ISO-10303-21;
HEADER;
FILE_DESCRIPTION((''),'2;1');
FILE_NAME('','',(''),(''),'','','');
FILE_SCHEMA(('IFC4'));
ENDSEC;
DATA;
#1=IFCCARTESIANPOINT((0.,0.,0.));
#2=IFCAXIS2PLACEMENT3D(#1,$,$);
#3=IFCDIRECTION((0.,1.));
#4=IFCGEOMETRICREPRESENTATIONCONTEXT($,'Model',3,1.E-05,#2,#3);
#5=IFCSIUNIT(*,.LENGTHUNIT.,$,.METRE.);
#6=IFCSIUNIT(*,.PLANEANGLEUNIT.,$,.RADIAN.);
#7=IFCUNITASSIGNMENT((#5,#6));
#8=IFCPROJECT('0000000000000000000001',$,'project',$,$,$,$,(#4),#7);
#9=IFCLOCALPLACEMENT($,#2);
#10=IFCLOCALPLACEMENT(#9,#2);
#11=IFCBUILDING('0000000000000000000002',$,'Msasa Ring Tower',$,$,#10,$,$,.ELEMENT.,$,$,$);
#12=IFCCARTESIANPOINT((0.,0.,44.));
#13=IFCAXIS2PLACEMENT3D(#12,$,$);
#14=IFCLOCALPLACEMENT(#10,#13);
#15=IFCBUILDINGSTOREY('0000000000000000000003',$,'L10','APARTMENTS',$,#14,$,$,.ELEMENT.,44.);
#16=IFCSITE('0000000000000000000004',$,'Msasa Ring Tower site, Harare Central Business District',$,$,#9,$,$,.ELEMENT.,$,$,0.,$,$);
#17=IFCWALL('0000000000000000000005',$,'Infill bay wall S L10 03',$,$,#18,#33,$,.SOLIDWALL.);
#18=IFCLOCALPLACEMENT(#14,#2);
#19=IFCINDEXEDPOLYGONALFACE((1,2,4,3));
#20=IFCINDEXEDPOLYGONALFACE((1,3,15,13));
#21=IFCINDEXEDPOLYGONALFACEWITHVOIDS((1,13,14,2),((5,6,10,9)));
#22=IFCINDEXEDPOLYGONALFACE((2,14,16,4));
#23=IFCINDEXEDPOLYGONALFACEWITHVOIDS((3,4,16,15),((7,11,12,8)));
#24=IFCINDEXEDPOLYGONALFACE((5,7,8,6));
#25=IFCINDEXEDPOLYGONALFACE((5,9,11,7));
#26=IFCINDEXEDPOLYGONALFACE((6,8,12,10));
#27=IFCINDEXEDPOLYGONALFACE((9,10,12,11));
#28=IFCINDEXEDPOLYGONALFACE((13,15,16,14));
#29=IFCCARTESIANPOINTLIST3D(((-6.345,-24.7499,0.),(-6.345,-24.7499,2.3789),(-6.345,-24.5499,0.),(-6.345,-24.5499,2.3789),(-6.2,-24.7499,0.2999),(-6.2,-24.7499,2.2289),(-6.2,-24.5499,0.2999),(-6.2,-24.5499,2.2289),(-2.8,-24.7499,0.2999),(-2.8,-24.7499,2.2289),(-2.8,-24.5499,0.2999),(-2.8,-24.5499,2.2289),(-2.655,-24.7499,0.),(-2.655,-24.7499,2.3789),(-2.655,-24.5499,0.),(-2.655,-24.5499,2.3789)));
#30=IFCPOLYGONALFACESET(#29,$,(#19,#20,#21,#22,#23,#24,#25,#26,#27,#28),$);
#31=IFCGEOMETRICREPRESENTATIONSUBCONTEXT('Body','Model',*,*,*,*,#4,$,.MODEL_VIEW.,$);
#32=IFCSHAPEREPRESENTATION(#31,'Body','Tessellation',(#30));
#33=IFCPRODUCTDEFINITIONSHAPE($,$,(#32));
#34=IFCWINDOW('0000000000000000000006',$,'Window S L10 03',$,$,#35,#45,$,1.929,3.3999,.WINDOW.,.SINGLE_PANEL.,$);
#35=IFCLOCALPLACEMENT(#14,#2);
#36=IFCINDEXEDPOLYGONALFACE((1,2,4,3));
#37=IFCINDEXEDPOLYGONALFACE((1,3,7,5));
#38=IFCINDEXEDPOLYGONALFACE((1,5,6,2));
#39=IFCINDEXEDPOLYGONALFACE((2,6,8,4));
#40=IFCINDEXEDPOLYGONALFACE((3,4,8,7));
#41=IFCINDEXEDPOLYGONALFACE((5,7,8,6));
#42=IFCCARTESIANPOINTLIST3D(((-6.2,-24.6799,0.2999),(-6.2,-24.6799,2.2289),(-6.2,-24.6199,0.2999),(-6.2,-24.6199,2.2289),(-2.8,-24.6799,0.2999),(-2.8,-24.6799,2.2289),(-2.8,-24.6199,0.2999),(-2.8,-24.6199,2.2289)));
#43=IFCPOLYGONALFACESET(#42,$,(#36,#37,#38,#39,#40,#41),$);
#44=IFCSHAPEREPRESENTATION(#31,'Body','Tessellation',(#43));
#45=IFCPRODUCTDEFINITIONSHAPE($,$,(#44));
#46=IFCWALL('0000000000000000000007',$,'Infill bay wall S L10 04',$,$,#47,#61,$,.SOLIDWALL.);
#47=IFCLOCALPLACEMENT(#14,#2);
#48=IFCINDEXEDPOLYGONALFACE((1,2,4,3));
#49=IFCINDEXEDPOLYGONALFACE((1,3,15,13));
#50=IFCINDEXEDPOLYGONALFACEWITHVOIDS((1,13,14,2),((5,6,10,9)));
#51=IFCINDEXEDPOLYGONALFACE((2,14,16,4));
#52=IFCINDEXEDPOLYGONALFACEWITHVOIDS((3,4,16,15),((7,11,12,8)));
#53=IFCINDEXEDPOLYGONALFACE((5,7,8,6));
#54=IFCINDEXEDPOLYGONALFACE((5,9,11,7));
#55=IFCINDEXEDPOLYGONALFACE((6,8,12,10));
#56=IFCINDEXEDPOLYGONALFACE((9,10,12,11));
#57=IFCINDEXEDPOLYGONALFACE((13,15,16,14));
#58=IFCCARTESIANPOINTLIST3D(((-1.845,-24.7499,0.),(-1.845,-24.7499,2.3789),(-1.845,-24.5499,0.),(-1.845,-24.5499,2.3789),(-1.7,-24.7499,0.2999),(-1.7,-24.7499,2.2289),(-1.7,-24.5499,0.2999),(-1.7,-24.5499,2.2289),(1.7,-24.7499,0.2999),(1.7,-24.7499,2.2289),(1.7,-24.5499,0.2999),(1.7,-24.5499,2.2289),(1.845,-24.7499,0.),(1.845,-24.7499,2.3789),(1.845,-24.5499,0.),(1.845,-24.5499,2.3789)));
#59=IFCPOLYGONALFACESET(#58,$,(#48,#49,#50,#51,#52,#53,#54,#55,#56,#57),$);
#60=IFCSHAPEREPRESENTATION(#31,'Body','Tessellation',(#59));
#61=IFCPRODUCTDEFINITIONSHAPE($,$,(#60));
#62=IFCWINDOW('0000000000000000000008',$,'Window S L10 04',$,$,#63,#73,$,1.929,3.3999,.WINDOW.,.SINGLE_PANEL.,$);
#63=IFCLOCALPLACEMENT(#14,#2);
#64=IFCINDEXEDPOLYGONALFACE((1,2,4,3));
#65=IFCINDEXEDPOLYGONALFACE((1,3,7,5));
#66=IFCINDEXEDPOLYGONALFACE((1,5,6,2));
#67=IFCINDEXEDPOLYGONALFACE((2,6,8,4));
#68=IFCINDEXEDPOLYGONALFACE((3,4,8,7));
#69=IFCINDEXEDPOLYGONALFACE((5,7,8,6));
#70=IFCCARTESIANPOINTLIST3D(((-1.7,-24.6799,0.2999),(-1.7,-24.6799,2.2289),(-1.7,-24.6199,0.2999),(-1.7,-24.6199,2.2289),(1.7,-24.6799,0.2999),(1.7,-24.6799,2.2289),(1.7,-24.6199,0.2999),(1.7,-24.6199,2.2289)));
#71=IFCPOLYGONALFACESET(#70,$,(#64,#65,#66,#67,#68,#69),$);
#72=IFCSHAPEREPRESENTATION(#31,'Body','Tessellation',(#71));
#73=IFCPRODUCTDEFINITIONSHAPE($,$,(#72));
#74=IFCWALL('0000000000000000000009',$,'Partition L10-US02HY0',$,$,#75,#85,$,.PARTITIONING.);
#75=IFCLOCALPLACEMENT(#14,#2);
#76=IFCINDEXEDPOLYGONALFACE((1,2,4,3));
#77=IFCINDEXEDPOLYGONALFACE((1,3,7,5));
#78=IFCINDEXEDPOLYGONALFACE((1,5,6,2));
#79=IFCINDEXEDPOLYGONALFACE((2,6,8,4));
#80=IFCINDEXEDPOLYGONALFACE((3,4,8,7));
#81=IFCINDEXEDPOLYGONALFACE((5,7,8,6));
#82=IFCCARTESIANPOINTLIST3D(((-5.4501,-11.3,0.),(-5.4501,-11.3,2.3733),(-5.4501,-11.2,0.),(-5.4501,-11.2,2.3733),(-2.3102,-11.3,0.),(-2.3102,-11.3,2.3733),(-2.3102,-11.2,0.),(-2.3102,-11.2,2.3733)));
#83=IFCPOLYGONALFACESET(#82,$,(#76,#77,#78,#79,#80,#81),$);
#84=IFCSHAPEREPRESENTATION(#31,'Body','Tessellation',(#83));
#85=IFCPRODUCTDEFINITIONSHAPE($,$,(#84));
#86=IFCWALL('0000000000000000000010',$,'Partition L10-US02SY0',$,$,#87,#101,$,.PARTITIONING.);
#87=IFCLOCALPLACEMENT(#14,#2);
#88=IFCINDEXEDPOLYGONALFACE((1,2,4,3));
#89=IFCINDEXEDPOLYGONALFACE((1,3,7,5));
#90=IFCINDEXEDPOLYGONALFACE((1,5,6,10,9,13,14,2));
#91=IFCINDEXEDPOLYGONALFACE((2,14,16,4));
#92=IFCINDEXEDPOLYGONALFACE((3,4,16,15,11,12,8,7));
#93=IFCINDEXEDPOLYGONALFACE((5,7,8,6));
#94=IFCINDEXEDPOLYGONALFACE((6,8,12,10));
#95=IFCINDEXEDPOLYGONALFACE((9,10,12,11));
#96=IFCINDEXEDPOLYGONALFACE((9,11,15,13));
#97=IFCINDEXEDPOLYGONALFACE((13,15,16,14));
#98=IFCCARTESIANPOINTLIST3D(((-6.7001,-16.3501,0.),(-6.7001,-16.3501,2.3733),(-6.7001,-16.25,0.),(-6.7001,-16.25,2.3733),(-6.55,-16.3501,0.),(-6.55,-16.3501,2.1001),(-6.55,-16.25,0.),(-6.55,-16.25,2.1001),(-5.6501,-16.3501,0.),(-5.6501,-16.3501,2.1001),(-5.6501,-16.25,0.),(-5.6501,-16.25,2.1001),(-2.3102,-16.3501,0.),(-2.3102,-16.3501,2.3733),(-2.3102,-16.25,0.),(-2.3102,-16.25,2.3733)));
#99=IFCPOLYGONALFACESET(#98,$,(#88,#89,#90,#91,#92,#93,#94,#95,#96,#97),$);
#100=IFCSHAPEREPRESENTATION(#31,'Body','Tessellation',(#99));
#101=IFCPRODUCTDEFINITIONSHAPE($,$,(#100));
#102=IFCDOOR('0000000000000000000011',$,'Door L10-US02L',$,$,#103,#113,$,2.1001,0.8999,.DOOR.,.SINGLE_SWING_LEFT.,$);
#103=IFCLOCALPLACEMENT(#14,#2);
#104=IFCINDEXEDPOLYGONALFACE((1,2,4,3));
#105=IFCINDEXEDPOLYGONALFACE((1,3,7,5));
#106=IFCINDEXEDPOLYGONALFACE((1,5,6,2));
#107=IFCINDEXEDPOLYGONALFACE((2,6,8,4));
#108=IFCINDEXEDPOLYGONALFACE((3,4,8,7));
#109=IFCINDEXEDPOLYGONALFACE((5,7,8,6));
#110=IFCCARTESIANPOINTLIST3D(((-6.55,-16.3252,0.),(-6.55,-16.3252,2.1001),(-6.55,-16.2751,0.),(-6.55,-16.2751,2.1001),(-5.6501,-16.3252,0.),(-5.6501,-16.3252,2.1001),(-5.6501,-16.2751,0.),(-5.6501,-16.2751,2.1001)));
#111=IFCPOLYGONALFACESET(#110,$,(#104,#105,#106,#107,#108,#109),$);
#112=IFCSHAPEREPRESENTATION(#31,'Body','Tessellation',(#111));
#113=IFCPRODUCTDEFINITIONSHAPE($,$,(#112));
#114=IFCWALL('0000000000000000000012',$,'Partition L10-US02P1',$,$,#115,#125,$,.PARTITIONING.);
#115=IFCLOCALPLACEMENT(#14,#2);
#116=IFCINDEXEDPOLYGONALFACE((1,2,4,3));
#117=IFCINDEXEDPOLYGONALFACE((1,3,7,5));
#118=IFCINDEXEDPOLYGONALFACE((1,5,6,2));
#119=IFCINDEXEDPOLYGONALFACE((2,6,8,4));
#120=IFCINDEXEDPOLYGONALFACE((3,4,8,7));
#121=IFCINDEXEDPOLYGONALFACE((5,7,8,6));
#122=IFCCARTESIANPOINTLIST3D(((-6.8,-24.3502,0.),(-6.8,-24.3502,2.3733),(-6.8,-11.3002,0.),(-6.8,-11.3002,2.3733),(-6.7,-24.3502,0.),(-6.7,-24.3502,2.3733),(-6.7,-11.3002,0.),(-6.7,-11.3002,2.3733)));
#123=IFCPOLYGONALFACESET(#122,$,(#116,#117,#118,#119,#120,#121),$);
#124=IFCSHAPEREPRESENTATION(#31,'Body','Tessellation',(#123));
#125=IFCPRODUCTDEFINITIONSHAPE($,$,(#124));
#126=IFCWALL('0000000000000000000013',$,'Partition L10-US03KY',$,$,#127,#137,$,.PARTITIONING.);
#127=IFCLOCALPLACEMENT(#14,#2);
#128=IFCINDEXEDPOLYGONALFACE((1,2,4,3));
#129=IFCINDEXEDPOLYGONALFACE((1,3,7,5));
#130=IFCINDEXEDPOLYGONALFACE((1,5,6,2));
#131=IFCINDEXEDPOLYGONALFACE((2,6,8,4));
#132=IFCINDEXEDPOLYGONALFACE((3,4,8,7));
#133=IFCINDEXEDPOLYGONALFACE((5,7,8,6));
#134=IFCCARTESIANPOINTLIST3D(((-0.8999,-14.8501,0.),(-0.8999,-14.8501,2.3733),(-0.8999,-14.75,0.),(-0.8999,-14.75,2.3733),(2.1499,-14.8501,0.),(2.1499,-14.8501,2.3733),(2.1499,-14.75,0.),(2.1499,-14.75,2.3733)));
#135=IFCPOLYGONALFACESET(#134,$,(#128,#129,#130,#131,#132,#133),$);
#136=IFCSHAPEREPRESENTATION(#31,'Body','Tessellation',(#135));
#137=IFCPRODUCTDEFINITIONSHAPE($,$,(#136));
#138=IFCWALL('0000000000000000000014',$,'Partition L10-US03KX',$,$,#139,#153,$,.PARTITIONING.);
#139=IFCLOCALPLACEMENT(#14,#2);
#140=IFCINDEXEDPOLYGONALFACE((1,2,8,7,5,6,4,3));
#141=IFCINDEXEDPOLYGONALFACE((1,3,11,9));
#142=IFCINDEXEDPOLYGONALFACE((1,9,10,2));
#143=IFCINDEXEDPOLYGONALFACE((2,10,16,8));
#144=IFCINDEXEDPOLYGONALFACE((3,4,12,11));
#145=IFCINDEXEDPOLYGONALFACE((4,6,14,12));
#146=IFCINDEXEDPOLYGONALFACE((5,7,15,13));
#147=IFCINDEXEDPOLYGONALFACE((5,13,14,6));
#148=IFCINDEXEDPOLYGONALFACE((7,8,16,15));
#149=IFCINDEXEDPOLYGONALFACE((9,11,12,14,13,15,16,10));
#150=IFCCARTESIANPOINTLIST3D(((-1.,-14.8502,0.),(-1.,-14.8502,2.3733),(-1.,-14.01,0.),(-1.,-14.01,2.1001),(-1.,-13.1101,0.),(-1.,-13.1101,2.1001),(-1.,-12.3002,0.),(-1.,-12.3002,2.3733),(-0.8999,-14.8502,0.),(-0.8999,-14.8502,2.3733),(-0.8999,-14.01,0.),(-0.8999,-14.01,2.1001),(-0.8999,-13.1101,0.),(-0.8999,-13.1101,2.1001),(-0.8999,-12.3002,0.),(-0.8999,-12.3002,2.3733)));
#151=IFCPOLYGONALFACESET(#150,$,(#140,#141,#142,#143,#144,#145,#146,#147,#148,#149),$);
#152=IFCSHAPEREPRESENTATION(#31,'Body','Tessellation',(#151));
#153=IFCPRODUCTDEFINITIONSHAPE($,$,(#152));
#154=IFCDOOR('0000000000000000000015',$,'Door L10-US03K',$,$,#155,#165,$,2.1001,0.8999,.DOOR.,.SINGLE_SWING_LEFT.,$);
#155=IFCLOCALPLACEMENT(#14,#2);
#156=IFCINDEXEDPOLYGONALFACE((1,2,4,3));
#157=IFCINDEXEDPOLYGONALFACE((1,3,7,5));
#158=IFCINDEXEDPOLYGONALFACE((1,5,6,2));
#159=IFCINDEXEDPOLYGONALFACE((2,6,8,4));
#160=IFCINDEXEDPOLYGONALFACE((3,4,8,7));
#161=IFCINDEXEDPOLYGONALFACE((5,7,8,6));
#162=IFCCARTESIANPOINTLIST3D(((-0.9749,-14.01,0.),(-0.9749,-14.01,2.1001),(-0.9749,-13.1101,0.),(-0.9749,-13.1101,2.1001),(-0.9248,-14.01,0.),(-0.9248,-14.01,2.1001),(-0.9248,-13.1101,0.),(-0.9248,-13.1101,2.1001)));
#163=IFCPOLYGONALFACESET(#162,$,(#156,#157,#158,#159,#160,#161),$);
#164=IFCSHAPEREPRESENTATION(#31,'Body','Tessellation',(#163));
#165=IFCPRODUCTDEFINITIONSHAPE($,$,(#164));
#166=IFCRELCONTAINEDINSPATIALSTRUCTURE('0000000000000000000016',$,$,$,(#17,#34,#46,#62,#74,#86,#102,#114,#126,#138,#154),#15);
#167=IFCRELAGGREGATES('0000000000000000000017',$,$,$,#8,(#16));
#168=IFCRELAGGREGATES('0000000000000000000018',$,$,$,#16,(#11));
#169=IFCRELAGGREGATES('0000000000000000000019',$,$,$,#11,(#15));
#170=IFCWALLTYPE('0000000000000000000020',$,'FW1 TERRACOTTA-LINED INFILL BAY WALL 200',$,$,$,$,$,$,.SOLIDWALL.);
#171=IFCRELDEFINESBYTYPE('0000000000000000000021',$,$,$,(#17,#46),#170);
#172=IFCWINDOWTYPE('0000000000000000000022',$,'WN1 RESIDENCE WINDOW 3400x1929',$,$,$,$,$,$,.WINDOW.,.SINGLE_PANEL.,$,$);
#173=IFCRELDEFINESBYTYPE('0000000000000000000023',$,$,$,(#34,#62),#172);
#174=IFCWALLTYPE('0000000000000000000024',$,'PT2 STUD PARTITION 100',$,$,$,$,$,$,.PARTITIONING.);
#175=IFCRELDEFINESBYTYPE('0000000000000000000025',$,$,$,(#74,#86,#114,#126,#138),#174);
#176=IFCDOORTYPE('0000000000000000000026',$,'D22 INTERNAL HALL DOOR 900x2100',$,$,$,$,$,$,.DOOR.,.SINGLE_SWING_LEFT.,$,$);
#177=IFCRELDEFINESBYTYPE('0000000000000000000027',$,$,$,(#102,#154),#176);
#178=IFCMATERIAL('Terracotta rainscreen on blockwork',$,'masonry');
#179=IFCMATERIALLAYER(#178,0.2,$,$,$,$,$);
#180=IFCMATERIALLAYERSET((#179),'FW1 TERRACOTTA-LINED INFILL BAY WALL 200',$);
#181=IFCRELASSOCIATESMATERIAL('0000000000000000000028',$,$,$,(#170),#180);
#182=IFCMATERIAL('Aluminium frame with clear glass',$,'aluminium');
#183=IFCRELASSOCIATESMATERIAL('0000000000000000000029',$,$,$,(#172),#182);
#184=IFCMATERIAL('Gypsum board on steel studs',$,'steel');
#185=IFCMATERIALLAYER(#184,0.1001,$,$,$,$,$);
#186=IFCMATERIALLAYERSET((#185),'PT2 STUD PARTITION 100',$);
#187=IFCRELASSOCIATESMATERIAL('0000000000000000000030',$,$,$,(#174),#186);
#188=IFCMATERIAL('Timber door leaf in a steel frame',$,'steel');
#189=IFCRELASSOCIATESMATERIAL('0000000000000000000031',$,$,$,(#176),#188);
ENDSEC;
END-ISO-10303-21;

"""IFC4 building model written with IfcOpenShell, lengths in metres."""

from ifc_helpers import new_model, si_unit, direction, frame, frame_2d, origin, place, context, subcontext, project, spatial, rectangle, extrude, material, layer, layer_set, type_object, element, fill, save


model = new_model("IFC4")

# Units and contexts
model_context = context("Model", 3, precision=1e-05, world=origin(), true_north=direction((0.0, 1.0)))
body_context = subcontext(model_context, "Body", "Model", "MODEL_VIEW")
ifc_project = project(units=[si_unit("LENGTHUNIT", "METRE"), si_unit("PLANEANGLEUNIT", "RADIAN")], contexts=[model_context])

# Site, building, storey
site_placement = place(None, origin())
site = spatial("IfcSite", under=ifc_project, at=site_placement, Name="Msasa Ring Tower site, Harare Central Business District", CompositionType="ELEMENT", RefElevation=0.0)
building_placement = place(site_placement, origin())
building = spatial("IfcBuilding", under=site, at=building_placement, Name="Msasa Ring Tower", CompositionType="ELEMENT")
storey_placement = place(building_placement, frame((0.0, 0.0, 44.0)))
storey = spatial("IfcBuildingStorey", under=building, at=storey_placement, Name="L10", Description="APARTMENTS", CompositionType="ELEMENT", Elevation=44.0)

# Walls, openings, windows
ifc_material_1 = material(Name="Terracotta rainscreen on blockwork", Category="masonry")
ifc_layer_1 = layer(ifc_material_1, 0.2)
ifc_layer_set_1 = layer_set([ifc_layer_1], Name="FW1 TERRACOTTA-LINED INFILL BAY WALL 200")
wall_type_1 = type_object("IfcWallType", Name="FW1 TERRACOTTA-LINED INFILL BAY WALL 200", PredefinedType="SOLIDWALL", material=ifc_layer_set_1)
wall_1_placement = place(storey_placement, frame((-6.345, -24.6499, 0.0), z_axis=(0.0, 0.0, 1.0), x_axis=(1.0, 0.0, 0.0)))
wall_1 = element("IfcWall", 1, at=wall_1_placement, inside=storey, type_object=wall_type_1, Name="Infill bay wall S L10 03", PredefinedType="SOLIDWALL", context=body_context, shape_type="SweptSolid", body=[
    extrude(rectangle(XDim=3.6899, YDim=0.2, at=frame_2d((1.845, 0.0))), origin(), (0.0, 0.0, 1.0), 2.3789),
])
opening_1_placement = place(wall_1_placement, frame((0.145, 0.0, 0.3)))
opening_1 = element("IfcOpeningElement", 2, at=opening_1_placement, cuts=wall_1, PredefinedType="OPENING", context=body_context, shape_type="SweptSolid", body=[
    extrude(rectangle(XDim=3.3999, YDim=1.929, at=frame_2d((1.7, 0.9644))), frame((0.0, 0.1099, 0.0), z_axis=(0.0, -1.0, 0.0), x_axis=(1.0, 0.0, 0.0)), (0.0, 0.0, 1.0), 0.22),
])
ifc_material_2 = material(Name="Aluminium frame with clear glass", Category="aluminium")
window_type = type_object("IfcWindowType", Name="WN1 RESIDENCE WINDOW 3400x1929", PartitioningType="SINGLE_PANEL", PredefinedType="WINDOW", material=ifc_material_2)
window_1_placement = place(opening_1_placement, origin())
window_1 = element("IfcWindow", 3, at=window_1_placement, inside=storey, type_object=window_type, Name="Window S L10 03", OverallHeight=1.929, OverallWidth=3.3999, PartitioningType="SINGLE_PANEL", PredefinedType="WINDOW", context=body_context, shape_type="SweptSolid", body=[
    extrude(rectangle(XDim=3.3999, YDim=1.929, at=frame_2d((1.7, 0.9644))), frame((0.0, 0.03, 0.0), z_axis=(0.0, -1.0, 0.0), x_axis=(1.0, 0.0, 0.0)), (0.0, 0.0, 1.0), 0.0601),
])
fill(opening_1, window_1)
wall_2_placement = place(storey_placement, frame((-1.845, -24.6499, 0.0), z_axis=(0.0, 0.0, 1.0), x_axis=(1.0, 0.0, 0.0)))
wall_2 = element("IfcWall", 4, at=wall_2_placement, inside=storey, type_object=wall_type_1, Name="Infill bay wall S L10 04", PredefinedType="SOLIDWALL", context=body_context, shape_type="SweptSolid", body=[
    extrude(rectangle(XDim=3.6899, YDim=0.2, at=frame_2d((1.845, 0.0))), origin(), (0.0, 0.0, 1.0), 2.3789),
])
opening_2_placement = place(wall_2_placement, frame((0.145, 0.0, 0.3)))
opening_2 = element("IfcOpeningElement", 5, at=opening_2_placement, cuts=wall_2, PredefinedType="OPENING", context=body_context, shape_type="SweptSolid", body=[
    extrude(rectangle(XDim=3.3999, YDim=1.929, at=frame_2d((1.7, 0.9644))), frame((0.0, 0.1099, 0.0), z_axis=(0.0, -1.0, 0.0), x_axis=(1.0, 0.0, 0.0)), (0.0, 0.0, 1.0), 0.22),
])
window_2_placement = place(opening_2_placement, origin())
window_2 = element("IfcWindow", 6, at=window_2_placement, inside=storey, type_object=window_type, Name="Window S L10 04", OverallHeight=1.929, OverallWidth=3.3999, PartitioningType="SINGLE_PANEL", PredefinedType="WINDOW", context=body_context, shape_type="SweptSolid", body=[
    extrude(rectangle(XDim=3.3999, YDim=1.929, at=frame_2d((1.7, 0.9644))), frame((0.0, 0.03, 0.0), z_axis=(0.0, -1.0, 0.0), x_axis=(1.0, 0.0, 0.0)), (0.0, 0.0, 1.0), 0.0601),
])
fill(opening_2, window_2)

# Wall
ifc_material_3 = material(Name="Gypsum board on steel studs", Category="steel")
ifc_layer_2 = layer(ifc_material_3, 0.1001)
ifc_layer_set_2 = layer_set([ifc_layer_2], Name="PT2 STUD PARTITION 100")
wall_type_2 = type_object("IfcWallType", Name="PT2 STUD PARTITION 100", PredefinedType="PARTITIONING", material=ifc_layer_set_2)
wall_3_placement = place(storey_placement, frame((-5.45, -11.25, 0.0), z_axis=(0.0, 0.0, 1.0), x_axis=(1.0, 0.0, 0.0)))
element("IfcWall", 7, at=wall_3_placement, inside=storey, type_object=wall_type_2, Name="Partition L10-US02HY0", PredefinedType="PARTITIONING", context=body_context, shape_type="SweptSolid", body=[
    extrude(rectangle(XDim=3.1399, YDim=0.1001, at=frame_2d((1.5698, 0.0))), origin(), (0.0, 0.0, 1.0), 2.3733),
])

# Wall, opening, door
wall_4_placement = place(storey_placement, frame((-6.7, -16.3, 0.0), z_axis=(0.0, 0.0, 1.0), x_axis=(1.0, 0.0, 0.0)))
wall_4 = element("IfcWall", 8, at=wall_4_placement, inside=storey, type_object=wall_type_2, Name="Partition L10-US02SY0", PredefinedType="PARTITIONING", context=body_context, shape_type="SweptSolid", body=[
    extrude(rectangle(XDim=4.3899, YDim=0.1001, at=frame_2d((2.1948, 0.0))), origin(), (0.0, 0.0, 1.0), 2.3733),
])
opening_3_placement = place(wall_4_placement, frame((0.1499, 0.0, 0.0)))
opening_3 = element("IfcOpeningElement", 9, at=opening_3_placement, cuts=wall_4, PredefinedType="OPENING", context=body_context, shape_type="SweptSolid", body=[
    extrude(rectangle(XDim=0.8999, YDim=2.1001, at=frame_2d((0.45, 1.05))), frame((0.0, 0.0601, 0.0), z_axis=(0.0, -1.0, 0.0), x_axis=(1.0, 0.0, 0.0)), (0.0, 0.0, 1.0), 0.1201),
])
ifc_material_4 = material(Name="Timber door leaf in a steel frame", Category="steel")
door_type_1 = type_object("IfcDoorType", Name="D22 INTERNAL HALL DOOR 900x2100", OperationType="SINGLE_SWING_LEFT", PredefinedType="DOOR", material=ifc_material_4)
door_1_placement = place(opening_3_placement, origin())
door_1 = element("IfcDoor", 10, at=door_1_placement, inside=storey, type_object=door_type_1, Name="Door L10-US02L", OperationType="SINGLE_SWING_LEFT", OverallHeight=2.1001, OverallWidth=0.8999, PredefinedType="DOOR", context=body_context, shape_type="SweptSolid", body=[
    extrude(rectangle(XDim=0.8999, YDim=2.1001, at=frame_2d((0.45, 1.05))), frame((0.0, 0.0249, 0.0), z_axis=(0.0, -1.0, 0.0), x_axis=(1.0, 0.0, 0.0)), (0.0, 0.0, 1.0), 0.05),
])
fill(opening_3, door_1)

# Walls
wall_5_placement = place(storey_placement, frame((-6.75, -24.3501, 0.0), z_axis=(0.0, 0.0, 1.0), x_axis=(0.0, 1.0, 0.0)))
element("IfcWall", 11, at=wall_5_placement, inside=storey, type_object=wall_type_2, Name="Partition L10-US02P1", PredefinedType="PARTITIONING", context=body_context, shape_type="SweptSolid", body=[
    extrude(rectangle(XDim=13.05, YDim=0.1001, at=frame_2d((6.5249, 0.0))), origin(), (0.0, 0.0, 1.0), 2.3733),
])
wall_6_placement = place(storey_placement, frame((-0.8999, -14.8, 0.0), z_axis=(0.0, 0.0, 1.0), x_axis=(1.0, 0.0, 0.0)))
element("IfcWall", 12, at=wall_6_placement, inside=storey, type_object=wall_type_2, Name="Partition L10-US03KY", PredefinedType="PARTITIONING", context=body_context, shape_type="SweptSolid", body=[
    extrude(rectangle(XDim=3.0498, YDim=0.1001, at=frame_2d((1.5249, 0.0))), origin(), (0.0, 0.0, 1.0), 2.3733),
])

# Wall, opening, door
wall_7_placement = place(storey_placement, frame((-0.95, -14.8501, 0.0), z_axis=(0.0, 0.0, 1.0), x_axis=(0.0, 1.0, 0.0)))
wall_7 = element("IfcWall", 13, at=wall_7_placement, inside=storey, type_object=wall_type_2, Name="Partition L10-US03KX", PredefinedType="PARTITIONING", context=body_context, shape_type="SweptSolid", body=[
    extrude(rectangle(XDim=2.55, YDim=0.1001, at=frame_2d((1.2749, 0.0))), origin(), (0.0, 0.0, 1.0), 2.3733),
])
opening_4_placement = place(wall_7_placement, frame((0.8401, 0.0, 0.0)))
opening_4 = element("IfcOpeningElement", 14, at=opening_4_placement, cuts=wall_7, PredefinedType="OPENING", context=body_context, shape_type="SweptSolid", body=[
    extrude(rectangle(XDim=0.8999, YDim=2.1001, at=frame_2d((0.45, 1.05))), frame((0.0, 0.0601, 0.0), z_axis=(0.0, -1.0, 0.0), x_axis=(1.0, 0.0, 0.0)), (0.0, 0.0, 1.0), 0.1201),
])
door_2_placement = place(opening_4_placement, origin())
door_2 = element("IfcDoor", 15, at=door_2_placement, inside=storey, type_object=door_type_1, Name="Door L10-US03K", OperationType="SINGLE_SWING_LEFT", OverallHeight=2.1001, OverallWidth=0.8999, PredefinedType="DOOR", context=body_context, shape_type="SweptSolid", body=[
    extrude(rectangle(XDim=0.8999, YDim=2.1001, at=frame_2d((0.45, 1.05))), frame((0.0, 0.0249, 0.0), z_axis=(0.0, -1.0, 0.0), x_axis=(1.0, 0.0, 0.0)), (0.0, 0.0, 1.0), 0.05),
])
fill(opening_4, door_2)

save(model, "model.ifc")
